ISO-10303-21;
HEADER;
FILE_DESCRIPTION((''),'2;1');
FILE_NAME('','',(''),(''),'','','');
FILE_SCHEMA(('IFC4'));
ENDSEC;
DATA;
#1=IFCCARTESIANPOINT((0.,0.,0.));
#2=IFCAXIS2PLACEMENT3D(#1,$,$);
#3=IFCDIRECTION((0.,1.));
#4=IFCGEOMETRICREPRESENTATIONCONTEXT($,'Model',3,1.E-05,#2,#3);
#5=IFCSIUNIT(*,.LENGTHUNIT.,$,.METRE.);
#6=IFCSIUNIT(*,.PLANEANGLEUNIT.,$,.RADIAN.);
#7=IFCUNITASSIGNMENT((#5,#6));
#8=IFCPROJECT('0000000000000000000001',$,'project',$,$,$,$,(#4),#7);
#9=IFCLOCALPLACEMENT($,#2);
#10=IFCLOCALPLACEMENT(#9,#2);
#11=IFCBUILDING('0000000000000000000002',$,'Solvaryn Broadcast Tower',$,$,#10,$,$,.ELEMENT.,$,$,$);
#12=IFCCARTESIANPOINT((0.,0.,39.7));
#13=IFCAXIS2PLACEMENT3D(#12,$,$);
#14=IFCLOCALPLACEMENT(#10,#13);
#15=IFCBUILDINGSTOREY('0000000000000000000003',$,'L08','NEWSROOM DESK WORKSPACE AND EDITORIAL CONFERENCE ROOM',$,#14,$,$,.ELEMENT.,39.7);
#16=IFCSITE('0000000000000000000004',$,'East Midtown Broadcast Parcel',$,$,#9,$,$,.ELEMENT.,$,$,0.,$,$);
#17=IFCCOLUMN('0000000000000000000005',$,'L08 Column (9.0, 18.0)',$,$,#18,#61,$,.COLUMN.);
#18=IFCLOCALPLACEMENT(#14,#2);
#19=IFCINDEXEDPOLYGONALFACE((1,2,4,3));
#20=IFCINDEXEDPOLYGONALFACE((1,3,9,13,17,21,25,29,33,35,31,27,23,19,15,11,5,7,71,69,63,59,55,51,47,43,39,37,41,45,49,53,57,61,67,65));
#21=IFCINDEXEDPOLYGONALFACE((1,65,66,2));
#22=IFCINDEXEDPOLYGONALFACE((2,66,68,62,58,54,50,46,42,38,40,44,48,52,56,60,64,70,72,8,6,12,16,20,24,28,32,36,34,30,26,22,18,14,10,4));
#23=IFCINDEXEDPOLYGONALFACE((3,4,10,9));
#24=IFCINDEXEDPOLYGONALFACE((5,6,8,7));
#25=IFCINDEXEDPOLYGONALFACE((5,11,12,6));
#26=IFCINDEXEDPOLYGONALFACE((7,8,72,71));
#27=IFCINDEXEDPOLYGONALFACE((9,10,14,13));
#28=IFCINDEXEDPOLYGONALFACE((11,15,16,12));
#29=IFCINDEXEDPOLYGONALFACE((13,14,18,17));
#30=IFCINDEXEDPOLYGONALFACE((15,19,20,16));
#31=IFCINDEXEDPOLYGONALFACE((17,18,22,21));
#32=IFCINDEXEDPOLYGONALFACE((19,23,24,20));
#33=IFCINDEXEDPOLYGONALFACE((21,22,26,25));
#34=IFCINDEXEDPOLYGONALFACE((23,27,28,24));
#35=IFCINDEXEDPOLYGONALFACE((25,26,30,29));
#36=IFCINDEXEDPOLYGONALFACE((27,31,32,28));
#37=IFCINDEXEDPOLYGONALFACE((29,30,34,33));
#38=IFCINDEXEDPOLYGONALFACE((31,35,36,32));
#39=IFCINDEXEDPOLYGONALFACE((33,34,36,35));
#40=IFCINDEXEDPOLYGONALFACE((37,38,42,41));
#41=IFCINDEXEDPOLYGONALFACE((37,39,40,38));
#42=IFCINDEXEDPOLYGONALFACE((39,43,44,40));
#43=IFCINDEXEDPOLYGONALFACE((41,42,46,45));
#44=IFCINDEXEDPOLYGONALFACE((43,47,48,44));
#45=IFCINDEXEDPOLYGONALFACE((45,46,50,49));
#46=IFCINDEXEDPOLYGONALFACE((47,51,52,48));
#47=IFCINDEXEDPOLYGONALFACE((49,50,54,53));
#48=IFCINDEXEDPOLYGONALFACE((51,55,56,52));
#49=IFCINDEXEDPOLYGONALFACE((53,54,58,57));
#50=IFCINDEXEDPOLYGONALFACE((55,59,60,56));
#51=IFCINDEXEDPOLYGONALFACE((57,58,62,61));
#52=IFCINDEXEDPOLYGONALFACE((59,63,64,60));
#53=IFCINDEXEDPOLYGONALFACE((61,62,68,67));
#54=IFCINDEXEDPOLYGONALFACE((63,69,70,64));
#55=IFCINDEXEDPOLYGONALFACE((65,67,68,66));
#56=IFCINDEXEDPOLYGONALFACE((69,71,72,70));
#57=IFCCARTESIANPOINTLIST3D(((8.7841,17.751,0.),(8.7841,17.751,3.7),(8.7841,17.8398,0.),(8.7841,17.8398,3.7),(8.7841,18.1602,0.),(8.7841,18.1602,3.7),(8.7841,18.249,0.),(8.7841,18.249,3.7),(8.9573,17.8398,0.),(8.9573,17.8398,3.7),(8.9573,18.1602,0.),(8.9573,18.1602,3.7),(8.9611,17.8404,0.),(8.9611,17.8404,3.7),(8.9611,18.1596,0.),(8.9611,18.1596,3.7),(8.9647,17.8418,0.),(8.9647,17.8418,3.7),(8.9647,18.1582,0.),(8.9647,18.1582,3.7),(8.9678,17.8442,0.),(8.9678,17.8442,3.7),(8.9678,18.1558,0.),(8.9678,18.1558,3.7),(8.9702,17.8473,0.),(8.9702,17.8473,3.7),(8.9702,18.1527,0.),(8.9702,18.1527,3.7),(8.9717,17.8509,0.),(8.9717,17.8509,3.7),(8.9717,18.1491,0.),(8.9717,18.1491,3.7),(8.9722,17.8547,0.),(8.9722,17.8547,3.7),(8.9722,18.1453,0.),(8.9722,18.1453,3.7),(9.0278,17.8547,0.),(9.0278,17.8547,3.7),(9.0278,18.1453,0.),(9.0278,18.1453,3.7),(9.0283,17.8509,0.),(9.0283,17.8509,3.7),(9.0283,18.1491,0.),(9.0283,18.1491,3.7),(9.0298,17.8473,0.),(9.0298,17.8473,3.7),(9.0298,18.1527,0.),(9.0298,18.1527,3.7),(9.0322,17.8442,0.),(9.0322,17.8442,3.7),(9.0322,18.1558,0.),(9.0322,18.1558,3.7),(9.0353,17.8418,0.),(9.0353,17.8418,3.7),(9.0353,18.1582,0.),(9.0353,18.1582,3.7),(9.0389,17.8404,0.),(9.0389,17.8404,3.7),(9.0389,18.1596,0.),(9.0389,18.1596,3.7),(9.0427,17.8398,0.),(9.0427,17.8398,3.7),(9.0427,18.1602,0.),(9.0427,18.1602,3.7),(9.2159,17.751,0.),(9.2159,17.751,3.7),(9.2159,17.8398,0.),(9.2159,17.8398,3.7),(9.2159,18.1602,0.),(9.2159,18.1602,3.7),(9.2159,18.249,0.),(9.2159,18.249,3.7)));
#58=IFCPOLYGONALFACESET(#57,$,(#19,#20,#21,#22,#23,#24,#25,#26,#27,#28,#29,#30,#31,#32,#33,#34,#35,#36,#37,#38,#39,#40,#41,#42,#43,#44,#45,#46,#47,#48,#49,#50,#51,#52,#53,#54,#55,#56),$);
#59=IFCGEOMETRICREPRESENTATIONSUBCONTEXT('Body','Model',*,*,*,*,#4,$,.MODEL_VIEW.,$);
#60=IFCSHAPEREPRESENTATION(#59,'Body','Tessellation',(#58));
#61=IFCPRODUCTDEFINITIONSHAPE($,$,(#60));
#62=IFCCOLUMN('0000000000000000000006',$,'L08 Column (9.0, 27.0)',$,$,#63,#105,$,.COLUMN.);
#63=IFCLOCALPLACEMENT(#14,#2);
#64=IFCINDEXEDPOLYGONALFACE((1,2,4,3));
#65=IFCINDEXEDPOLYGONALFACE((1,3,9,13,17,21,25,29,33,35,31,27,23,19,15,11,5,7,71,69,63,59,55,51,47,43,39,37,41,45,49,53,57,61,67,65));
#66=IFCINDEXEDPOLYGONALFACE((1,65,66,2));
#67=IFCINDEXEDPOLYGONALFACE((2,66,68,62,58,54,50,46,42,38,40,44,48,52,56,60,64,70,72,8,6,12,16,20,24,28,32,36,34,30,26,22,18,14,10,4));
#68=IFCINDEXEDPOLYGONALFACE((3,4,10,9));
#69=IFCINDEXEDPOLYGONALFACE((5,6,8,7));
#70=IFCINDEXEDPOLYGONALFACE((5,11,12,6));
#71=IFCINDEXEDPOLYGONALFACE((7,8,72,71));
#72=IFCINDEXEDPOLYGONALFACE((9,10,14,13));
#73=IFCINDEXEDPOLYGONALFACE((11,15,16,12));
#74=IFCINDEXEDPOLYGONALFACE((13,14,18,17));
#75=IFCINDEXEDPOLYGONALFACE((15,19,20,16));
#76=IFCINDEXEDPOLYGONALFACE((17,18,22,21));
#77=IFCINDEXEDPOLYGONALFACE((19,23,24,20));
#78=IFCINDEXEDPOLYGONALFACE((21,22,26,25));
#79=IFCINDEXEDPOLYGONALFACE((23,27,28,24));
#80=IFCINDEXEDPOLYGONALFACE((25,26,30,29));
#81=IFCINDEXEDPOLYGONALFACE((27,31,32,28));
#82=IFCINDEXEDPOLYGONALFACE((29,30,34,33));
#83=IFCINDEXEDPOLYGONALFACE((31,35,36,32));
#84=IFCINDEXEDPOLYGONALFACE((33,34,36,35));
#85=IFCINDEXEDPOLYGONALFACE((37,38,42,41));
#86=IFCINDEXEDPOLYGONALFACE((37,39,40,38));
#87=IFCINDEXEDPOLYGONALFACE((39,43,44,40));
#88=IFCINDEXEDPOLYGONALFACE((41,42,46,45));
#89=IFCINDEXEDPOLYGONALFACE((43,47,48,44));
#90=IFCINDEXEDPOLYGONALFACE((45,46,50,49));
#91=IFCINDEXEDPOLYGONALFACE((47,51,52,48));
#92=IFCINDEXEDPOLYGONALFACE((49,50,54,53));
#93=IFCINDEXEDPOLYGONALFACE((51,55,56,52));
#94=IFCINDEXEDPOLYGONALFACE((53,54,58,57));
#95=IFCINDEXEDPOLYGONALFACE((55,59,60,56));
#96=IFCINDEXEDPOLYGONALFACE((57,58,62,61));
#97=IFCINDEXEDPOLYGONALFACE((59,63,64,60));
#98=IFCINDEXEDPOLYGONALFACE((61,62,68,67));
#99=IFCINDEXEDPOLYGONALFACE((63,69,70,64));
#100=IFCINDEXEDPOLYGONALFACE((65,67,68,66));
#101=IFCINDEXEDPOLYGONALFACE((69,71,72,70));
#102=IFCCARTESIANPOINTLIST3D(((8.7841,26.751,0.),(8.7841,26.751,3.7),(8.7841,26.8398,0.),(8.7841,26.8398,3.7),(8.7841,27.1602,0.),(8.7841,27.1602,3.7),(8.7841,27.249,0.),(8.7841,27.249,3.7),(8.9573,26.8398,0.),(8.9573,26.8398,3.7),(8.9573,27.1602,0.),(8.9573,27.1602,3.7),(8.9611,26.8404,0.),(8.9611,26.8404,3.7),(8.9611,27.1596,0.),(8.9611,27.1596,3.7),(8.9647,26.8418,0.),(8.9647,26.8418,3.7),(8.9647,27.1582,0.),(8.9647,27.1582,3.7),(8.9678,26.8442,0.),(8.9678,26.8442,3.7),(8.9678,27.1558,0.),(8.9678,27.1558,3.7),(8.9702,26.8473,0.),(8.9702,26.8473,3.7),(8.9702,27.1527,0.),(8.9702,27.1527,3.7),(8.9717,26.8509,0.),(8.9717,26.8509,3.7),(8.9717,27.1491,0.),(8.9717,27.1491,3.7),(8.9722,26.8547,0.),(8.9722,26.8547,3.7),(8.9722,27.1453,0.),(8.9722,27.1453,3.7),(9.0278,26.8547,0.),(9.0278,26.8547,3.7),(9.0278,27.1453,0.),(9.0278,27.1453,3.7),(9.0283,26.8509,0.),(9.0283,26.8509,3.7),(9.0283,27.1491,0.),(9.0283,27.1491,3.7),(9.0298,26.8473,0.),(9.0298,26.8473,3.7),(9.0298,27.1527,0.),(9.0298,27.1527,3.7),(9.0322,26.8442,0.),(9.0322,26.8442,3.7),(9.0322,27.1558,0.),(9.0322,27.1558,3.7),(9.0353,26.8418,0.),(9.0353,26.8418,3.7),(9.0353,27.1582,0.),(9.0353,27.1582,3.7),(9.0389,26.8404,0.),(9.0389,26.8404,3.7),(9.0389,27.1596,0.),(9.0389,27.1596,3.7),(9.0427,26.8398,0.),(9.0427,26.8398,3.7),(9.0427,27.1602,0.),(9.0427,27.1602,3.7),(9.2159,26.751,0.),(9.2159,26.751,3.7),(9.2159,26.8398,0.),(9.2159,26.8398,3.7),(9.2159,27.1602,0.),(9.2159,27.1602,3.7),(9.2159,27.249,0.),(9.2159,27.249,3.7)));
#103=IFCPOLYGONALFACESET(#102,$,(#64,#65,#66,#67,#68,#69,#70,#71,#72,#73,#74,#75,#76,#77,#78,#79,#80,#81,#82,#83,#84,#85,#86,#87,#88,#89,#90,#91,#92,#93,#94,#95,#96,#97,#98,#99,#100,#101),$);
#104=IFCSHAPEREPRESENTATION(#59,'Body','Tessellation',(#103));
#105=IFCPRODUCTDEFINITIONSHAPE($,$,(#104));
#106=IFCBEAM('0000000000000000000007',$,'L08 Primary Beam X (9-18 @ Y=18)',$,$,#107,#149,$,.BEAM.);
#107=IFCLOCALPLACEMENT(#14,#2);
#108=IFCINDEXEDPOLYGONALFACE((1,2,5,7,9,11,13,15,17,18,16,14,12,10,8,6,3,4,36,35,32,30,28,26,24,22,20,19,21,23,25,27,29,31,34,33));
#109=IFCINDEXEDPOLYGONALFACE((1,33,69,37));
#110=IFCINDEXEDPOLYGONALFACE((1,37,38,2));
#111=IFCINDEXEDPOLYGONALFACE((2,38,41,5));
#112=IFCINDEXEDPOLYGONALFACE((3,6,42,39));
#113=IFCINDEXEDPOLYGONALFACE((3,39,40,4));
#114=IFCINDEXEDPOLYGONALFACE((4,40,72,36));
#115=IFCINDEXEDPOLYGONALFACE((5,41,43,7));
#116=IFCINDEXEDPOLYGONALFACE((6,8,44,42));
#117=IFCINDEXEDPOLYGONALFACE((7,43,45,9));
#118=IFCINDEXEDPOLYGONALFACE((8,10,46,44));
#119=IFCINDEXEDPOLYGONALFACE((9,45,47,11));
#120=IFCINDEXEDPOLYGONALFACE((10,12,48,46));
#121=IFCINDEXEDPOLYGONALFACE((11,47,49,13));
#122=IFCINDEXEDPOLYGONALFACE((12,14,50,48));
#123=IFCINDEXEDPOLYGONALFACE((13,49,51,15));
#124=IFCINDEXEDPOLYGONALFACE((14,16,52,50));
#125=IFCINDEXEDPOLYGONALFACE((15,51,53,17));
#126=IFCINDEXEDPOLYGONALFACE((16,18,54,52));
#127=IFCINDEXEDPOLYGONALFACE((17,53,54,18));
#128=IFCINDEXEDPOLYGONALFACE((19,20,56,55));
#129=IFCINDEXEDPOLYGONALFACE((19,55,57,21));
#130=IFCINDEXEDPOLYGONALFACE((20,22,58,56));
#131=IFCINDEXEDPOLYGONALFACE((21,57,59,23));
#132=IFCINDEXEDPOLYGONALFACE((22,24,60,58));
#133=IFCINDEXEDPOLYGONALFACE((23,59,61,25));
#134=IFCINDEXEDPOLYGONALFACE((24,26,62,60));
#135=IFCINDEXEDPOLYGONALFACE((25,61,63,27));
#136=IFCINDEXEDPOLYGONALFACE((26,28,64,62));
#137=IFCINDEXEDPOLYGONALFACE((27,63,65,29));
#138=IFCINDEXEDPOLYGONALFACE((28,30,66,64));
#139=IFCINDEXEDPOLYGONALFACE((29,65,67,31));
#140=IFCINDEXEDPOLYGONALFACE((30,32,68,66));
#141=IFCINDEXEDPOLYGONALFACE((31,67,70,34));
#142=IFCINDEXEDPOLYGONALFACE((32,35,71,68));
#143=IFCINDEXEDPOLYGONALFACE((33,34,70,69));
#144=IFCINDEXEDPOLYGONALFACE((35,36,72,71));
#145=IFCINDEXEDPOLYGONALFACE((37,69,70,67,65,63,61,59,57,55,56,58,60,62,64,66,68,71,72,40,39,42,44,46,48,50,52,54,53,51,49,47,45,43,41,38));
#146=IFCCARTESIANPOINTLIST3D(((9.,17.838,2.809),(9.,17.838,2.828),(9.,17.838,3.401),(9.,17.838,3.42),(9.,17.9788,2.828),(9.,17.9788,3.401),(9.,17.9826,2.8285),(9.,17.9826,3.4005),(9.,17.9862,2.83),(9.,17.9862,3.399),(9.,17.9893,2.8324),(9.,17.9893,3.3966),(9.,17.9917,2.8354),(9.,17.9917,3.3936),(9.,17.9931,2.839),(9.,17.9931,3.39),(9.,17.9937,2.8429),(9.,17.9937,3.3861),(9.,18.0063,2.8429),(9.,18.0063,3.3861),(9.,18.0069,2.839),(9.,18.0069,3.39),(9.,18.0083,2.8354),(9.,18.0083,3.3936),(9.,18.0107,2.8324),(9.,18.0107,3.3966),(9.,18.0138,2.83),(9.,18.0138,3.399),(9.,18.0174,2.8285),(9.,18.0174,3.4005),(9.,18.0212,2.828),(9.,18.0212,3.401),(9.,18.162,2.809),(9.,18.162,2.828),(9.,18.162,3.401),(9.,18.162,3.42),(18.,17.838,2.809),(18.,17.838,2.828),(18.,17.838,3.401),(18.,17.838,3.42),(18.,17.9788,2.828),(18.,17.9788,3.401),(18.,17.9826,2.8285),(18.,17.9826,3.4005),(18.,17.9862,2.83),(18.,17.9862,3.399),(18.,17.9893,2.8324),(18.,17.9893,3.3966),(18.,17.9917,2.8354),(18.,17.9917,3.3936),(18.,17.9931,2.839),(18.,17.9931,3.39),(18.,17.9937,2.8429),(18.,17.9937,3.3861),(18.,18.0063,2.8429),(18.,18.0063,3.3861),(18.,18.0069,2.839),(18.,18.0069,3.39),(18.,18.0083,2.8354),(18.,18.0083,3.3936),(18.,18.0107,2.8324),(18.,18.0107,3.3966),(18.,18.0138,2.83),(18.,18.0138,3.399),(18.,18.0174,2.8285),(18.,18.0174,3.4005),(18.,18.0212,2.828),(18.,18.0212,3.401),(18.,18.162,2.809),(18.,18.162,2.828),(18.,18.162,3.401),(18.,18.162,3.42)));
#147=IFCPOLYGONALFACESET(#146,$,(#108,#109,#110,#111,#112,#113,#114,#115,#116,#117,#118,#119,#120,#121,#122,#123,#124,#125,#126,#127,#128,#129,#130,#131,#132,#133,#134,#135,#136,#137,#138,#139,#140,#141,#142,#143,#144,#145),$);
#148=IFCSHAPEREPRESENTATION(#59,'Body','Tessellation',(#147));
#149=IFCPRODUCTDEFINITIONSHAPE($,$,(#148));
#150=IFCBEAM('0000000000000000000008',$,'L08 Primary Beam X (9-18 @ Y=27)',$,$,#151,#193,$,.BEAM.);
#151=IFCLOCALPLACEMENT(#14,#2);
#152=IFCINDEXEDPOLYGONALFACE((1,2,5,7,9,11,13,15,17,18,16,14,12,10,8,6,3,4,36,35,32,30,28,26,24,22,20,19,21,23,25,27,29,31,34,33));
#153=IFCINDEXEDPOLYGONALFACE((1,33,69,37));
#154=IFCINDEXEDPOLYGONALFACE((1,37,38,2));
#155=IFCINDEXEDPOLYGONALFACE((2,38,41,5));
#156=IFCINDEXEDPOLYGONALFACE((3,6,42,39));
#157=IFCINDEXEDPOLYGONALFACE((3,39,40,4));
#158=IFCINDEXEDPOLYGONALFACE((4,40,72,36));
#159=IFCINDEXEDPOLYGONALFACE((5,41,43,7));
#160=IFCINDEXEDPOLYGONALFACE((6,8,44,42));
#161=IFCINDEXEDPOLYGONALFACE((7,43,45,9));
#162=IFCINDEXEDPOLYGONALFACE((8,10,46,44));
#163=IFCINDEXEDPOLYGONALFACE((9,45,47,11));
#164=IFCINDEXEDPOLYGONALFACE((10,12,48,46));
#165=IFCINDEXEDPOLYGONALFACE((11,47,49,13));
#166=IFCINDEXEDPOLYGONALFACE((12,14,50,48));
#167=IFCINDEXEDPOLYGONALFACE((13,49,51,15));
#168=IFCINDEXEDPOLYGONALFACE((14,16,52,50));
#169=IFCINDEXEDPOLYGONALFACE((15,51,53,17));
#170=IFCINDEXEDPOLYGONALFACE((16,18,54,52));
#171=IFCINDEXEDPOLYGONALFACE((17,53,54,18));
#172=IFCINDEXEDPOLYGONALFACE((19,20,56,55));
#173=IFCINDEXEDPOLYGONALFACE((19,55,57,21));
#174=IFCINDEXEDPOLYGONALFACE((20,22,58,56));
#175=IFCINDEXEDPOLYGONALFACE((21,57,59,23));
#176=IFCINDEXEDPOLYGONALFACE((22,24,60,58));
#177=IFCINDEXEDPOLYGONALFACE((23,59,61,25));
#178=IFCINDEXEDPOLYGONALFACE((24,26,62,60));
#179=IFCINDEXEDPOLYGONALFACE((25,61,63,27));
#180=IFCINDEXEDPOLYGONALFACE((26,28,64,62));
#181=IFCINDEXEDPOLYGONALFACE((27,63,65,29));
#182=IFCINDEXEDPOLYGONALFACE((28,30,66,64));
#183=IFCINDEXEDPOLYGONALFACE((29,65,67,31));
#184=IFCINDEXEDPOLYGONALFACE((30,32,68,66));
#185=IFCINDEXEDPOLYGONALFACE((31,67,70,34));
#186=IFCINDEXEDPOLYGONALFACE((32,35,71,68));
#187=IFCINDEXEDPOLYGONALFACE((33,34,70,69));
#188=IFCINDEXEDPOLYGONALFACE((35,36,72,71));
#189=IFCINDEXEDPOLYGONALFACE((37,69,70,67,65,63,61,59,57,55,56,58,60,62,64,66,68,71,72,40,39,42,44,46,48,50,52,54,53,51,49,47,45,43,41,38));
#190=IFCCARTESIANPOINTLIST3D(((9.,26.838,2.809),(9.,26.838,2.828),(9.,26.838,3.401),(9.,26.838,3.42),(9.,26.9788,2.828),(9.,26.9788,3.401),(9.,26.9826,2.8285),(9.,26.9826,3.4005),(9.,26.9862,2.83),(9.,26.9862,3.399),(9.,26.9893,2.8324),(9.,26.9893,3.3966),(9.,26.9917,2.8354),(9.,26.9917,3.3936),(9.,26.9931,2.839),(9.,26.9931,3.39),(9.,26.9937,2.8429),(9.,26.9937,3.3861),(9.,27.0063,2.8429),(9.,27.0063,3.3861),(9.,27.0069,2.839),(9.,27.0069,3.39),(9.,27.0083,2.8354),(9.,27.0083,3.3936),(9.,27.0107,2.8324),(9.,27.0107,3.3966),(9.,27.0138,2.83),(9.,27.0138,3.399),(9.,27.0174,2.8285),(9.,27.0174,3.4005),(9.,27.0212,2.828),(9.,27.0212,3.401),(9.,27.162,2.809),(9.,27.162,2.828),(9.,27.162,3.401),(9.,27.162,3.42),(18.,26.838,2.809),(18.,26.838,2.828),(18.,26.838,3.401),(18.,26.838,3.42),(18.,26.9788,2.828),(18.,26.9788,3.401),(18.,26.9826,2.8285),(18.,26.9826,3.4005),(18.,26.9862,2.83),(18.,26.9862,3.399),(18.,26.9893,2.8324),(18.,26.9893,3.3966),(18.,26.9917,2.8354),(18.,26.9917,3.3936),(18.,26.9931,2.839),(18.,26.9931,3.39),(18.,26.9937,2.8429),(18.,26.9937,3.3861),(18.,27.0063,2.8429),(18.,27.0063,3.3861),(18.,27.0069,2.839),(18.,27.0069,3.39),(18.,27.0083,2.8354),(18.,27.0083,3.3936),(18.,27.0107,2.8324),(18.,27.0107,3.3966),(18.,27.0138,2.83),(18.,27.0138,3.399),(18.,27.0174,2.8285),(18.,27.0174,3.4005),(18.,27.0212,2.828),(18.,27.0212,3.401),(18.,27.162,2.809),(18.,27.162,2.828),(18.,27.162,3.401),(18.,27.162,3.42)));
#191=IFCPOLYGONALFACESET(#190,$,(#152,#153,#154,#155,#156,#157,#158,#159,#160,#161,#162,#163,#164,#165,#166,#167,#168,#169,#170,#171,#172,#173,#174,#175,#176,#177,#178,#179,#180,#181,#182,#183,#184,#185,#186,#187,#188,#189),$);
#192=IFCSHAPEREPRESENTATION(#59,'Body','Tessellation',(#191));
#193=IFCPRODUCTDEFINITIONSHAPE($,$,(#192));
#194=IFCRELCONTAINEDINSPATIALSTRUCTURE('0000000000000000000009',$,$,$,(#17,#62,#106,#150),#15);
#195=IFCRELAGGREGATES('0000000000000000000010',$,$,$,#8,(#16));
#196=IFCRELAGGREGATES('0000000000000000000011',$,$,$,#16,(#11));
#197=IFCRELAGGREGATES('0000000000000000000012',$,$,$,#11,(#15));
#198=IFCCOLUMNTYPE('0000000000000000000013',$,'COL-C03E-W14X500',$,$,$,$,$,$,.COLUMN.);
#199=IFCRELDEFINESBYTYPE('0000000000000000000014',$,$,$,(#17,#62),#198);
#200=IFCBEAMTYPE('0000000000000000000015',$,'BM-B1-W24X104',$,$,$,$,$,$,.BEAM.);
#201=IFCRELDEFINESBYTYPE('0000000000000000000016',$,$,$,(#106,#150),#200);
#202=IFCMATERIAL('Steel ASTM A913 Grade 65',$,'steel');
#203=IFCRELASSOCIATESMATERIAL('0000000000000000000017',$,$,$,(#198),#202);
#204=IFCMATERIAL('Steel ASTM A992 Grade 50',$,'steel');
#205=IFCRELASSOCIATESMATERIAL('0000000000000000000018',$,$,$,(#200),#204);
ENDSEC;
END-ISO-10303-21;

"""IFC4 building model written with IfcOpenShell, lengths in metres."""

from ifc_helpers import new_model, si_unit, direction, frame, origin, origin_2d, place, context, subcontext, project, spatial, i_section, extrude, material, material_profile, profile_set, type_object, element, save


model = new_model("IFC4")

# Units and contexts
model_context = context("Model", 3, precision=1e-05, world=origin(), true_north=direction((0.0, 1.0)))
body_context = subcontext(model_context, "Body", "Model", "MODEL_VIEW")
ifc_project = project(units=[si_unit("LENGTHUNIT", "METRE"), si_unit("PLANEANGLEUNIT", "RADIAN")], contexts=[model_context])

# Site, building, storey
site_placement = place(None, origin())
site = spatial("IfcSite", under=ifc_project, at=site_placement, Name="East Midtown Broadcast Parcel", CompositionType="ELEMENT", RefElevation=0.0)
building_placement = place(site_placement, origin())
building = spatial("IfcBuilding", under=site, at=building_placement, Name="Solvaryn Broadcast Tower", CompositionType="ELEMENT")
storey_placement = place(building_placement, frame((0.0, 0.0, 39.7)))
storey = spatial("IfcBuildingStorey", under=building, at=storey_placement, Name="L08", Description="NEWSROOM DESK WORKSPACE AND EDITORIAL CONFERENCE ROOM", CompositionType="ELEMENT", Elevation=39.7)

# Columns
ifc_material_1 = material(Name="Steel ASTM A913 Grade 65", Category="steel")
ifc_material_profile_1 = material_profile(ifc_material_1, i_section(OverallWidth=0.4319, OverallDepth=0.498, WebThickness=0.0557, FlangeThickness=0.0889, FilletRadius=0.0149, at=origin_2d()))
ifc_profile_set_1 = profile_set([ifc_material_profile_1], Name="Steel ASTM A913 Grade 65")
column_type = type_object("IfcColumnType", Name="COL-C03E-W14X500", PredefinedType="COLUMN", material=ifc_profile_set_1)
for number, where, z_axis, x_axis, name in (
    (1, (9.0, 18.0, 0.0), (0.0, 0.0, 1.0), (1.0, 0.0, 0.0), "L08 Column (9.0, 18.0)"),
    (2, (9.0, 27.0, 0.0), (0.0, 0.0, 1.0), (1.0, 0.0, 0.0), "L08 Column (9.0, 27.0)"),
):
    element("IfcColumn", number, at=place(storey_placement, frame(where, z_axis=z_axis, x_axis=x_axis)), inside=storey, type_object=column_type, Name=name, PredefinedType="COLUMN", context=body_context, shape_type="SweptSolid", body=[
        extrude(i_section(OverallWidth=0.4319, OverallDepth=0.498, WebThickness=0.0557, FlangeThickness=0.0889, FilletRadius=0.0149, at=origin_2d()), origin(), (0.0, 0.0, 1.0), 3.7),
    ])

# Beams
ifc_material_2 = material(Name="Steel ASTM A992 Grade 50", Category="steel")
ifc_material_profile_2 = material_profile(ifc_material_2, i_section(OverallWidth=0.324, OverallDepth=0.6111, WebThickness=0.0127, FlangeThickness=0.019, FilletRadius=0.0149, at=origin_2d()))
ifc_profile_set_2 = profile_set([ifc_material_profile_2], Name="Steel ASTM A992 Grade 50")
beam_type_1 = type_object("IfcBeamType", Name="BM-B1-W24X104", PredefinedType="BEAM", material=ifc_profile_set_2)
for number, where, z_axis, x_axis, name in (
    (3, (9.0, 18.0, 3.1145), (1.0, 0.0, 0.0), (0.0, 1.0, 0.0), "L08 Primary Beam X (9-18 @ Y=18)"),
    (4, (9.0, 27.0, 3.1145), (1.0, 0.0, 0.0), (0.0, 1.0, 0.0), "L08 Primary Beam X (9-18 @ Y=27)"),
):
    element("IfcBeam", number, at=place(storey_placement, frame(where, z_axis=z_axis, x_axis=x_axis)), inside=storey, type_object=beam_type_1, Name=name, PredefinedType="BEAM", context=body_context, shape_type="SweptSolid", body=[
        extrude(i_section(OverallWidth=0.324, OverallDepth=0.6111, WebThickness=0.0127, FlangeThickness=0.019, FilletRadius=0.0149, at=origin_2d()), origin(), (0.0, 0.0, 1.0), 9.0),
    ])

save(model, "model.ifc")
